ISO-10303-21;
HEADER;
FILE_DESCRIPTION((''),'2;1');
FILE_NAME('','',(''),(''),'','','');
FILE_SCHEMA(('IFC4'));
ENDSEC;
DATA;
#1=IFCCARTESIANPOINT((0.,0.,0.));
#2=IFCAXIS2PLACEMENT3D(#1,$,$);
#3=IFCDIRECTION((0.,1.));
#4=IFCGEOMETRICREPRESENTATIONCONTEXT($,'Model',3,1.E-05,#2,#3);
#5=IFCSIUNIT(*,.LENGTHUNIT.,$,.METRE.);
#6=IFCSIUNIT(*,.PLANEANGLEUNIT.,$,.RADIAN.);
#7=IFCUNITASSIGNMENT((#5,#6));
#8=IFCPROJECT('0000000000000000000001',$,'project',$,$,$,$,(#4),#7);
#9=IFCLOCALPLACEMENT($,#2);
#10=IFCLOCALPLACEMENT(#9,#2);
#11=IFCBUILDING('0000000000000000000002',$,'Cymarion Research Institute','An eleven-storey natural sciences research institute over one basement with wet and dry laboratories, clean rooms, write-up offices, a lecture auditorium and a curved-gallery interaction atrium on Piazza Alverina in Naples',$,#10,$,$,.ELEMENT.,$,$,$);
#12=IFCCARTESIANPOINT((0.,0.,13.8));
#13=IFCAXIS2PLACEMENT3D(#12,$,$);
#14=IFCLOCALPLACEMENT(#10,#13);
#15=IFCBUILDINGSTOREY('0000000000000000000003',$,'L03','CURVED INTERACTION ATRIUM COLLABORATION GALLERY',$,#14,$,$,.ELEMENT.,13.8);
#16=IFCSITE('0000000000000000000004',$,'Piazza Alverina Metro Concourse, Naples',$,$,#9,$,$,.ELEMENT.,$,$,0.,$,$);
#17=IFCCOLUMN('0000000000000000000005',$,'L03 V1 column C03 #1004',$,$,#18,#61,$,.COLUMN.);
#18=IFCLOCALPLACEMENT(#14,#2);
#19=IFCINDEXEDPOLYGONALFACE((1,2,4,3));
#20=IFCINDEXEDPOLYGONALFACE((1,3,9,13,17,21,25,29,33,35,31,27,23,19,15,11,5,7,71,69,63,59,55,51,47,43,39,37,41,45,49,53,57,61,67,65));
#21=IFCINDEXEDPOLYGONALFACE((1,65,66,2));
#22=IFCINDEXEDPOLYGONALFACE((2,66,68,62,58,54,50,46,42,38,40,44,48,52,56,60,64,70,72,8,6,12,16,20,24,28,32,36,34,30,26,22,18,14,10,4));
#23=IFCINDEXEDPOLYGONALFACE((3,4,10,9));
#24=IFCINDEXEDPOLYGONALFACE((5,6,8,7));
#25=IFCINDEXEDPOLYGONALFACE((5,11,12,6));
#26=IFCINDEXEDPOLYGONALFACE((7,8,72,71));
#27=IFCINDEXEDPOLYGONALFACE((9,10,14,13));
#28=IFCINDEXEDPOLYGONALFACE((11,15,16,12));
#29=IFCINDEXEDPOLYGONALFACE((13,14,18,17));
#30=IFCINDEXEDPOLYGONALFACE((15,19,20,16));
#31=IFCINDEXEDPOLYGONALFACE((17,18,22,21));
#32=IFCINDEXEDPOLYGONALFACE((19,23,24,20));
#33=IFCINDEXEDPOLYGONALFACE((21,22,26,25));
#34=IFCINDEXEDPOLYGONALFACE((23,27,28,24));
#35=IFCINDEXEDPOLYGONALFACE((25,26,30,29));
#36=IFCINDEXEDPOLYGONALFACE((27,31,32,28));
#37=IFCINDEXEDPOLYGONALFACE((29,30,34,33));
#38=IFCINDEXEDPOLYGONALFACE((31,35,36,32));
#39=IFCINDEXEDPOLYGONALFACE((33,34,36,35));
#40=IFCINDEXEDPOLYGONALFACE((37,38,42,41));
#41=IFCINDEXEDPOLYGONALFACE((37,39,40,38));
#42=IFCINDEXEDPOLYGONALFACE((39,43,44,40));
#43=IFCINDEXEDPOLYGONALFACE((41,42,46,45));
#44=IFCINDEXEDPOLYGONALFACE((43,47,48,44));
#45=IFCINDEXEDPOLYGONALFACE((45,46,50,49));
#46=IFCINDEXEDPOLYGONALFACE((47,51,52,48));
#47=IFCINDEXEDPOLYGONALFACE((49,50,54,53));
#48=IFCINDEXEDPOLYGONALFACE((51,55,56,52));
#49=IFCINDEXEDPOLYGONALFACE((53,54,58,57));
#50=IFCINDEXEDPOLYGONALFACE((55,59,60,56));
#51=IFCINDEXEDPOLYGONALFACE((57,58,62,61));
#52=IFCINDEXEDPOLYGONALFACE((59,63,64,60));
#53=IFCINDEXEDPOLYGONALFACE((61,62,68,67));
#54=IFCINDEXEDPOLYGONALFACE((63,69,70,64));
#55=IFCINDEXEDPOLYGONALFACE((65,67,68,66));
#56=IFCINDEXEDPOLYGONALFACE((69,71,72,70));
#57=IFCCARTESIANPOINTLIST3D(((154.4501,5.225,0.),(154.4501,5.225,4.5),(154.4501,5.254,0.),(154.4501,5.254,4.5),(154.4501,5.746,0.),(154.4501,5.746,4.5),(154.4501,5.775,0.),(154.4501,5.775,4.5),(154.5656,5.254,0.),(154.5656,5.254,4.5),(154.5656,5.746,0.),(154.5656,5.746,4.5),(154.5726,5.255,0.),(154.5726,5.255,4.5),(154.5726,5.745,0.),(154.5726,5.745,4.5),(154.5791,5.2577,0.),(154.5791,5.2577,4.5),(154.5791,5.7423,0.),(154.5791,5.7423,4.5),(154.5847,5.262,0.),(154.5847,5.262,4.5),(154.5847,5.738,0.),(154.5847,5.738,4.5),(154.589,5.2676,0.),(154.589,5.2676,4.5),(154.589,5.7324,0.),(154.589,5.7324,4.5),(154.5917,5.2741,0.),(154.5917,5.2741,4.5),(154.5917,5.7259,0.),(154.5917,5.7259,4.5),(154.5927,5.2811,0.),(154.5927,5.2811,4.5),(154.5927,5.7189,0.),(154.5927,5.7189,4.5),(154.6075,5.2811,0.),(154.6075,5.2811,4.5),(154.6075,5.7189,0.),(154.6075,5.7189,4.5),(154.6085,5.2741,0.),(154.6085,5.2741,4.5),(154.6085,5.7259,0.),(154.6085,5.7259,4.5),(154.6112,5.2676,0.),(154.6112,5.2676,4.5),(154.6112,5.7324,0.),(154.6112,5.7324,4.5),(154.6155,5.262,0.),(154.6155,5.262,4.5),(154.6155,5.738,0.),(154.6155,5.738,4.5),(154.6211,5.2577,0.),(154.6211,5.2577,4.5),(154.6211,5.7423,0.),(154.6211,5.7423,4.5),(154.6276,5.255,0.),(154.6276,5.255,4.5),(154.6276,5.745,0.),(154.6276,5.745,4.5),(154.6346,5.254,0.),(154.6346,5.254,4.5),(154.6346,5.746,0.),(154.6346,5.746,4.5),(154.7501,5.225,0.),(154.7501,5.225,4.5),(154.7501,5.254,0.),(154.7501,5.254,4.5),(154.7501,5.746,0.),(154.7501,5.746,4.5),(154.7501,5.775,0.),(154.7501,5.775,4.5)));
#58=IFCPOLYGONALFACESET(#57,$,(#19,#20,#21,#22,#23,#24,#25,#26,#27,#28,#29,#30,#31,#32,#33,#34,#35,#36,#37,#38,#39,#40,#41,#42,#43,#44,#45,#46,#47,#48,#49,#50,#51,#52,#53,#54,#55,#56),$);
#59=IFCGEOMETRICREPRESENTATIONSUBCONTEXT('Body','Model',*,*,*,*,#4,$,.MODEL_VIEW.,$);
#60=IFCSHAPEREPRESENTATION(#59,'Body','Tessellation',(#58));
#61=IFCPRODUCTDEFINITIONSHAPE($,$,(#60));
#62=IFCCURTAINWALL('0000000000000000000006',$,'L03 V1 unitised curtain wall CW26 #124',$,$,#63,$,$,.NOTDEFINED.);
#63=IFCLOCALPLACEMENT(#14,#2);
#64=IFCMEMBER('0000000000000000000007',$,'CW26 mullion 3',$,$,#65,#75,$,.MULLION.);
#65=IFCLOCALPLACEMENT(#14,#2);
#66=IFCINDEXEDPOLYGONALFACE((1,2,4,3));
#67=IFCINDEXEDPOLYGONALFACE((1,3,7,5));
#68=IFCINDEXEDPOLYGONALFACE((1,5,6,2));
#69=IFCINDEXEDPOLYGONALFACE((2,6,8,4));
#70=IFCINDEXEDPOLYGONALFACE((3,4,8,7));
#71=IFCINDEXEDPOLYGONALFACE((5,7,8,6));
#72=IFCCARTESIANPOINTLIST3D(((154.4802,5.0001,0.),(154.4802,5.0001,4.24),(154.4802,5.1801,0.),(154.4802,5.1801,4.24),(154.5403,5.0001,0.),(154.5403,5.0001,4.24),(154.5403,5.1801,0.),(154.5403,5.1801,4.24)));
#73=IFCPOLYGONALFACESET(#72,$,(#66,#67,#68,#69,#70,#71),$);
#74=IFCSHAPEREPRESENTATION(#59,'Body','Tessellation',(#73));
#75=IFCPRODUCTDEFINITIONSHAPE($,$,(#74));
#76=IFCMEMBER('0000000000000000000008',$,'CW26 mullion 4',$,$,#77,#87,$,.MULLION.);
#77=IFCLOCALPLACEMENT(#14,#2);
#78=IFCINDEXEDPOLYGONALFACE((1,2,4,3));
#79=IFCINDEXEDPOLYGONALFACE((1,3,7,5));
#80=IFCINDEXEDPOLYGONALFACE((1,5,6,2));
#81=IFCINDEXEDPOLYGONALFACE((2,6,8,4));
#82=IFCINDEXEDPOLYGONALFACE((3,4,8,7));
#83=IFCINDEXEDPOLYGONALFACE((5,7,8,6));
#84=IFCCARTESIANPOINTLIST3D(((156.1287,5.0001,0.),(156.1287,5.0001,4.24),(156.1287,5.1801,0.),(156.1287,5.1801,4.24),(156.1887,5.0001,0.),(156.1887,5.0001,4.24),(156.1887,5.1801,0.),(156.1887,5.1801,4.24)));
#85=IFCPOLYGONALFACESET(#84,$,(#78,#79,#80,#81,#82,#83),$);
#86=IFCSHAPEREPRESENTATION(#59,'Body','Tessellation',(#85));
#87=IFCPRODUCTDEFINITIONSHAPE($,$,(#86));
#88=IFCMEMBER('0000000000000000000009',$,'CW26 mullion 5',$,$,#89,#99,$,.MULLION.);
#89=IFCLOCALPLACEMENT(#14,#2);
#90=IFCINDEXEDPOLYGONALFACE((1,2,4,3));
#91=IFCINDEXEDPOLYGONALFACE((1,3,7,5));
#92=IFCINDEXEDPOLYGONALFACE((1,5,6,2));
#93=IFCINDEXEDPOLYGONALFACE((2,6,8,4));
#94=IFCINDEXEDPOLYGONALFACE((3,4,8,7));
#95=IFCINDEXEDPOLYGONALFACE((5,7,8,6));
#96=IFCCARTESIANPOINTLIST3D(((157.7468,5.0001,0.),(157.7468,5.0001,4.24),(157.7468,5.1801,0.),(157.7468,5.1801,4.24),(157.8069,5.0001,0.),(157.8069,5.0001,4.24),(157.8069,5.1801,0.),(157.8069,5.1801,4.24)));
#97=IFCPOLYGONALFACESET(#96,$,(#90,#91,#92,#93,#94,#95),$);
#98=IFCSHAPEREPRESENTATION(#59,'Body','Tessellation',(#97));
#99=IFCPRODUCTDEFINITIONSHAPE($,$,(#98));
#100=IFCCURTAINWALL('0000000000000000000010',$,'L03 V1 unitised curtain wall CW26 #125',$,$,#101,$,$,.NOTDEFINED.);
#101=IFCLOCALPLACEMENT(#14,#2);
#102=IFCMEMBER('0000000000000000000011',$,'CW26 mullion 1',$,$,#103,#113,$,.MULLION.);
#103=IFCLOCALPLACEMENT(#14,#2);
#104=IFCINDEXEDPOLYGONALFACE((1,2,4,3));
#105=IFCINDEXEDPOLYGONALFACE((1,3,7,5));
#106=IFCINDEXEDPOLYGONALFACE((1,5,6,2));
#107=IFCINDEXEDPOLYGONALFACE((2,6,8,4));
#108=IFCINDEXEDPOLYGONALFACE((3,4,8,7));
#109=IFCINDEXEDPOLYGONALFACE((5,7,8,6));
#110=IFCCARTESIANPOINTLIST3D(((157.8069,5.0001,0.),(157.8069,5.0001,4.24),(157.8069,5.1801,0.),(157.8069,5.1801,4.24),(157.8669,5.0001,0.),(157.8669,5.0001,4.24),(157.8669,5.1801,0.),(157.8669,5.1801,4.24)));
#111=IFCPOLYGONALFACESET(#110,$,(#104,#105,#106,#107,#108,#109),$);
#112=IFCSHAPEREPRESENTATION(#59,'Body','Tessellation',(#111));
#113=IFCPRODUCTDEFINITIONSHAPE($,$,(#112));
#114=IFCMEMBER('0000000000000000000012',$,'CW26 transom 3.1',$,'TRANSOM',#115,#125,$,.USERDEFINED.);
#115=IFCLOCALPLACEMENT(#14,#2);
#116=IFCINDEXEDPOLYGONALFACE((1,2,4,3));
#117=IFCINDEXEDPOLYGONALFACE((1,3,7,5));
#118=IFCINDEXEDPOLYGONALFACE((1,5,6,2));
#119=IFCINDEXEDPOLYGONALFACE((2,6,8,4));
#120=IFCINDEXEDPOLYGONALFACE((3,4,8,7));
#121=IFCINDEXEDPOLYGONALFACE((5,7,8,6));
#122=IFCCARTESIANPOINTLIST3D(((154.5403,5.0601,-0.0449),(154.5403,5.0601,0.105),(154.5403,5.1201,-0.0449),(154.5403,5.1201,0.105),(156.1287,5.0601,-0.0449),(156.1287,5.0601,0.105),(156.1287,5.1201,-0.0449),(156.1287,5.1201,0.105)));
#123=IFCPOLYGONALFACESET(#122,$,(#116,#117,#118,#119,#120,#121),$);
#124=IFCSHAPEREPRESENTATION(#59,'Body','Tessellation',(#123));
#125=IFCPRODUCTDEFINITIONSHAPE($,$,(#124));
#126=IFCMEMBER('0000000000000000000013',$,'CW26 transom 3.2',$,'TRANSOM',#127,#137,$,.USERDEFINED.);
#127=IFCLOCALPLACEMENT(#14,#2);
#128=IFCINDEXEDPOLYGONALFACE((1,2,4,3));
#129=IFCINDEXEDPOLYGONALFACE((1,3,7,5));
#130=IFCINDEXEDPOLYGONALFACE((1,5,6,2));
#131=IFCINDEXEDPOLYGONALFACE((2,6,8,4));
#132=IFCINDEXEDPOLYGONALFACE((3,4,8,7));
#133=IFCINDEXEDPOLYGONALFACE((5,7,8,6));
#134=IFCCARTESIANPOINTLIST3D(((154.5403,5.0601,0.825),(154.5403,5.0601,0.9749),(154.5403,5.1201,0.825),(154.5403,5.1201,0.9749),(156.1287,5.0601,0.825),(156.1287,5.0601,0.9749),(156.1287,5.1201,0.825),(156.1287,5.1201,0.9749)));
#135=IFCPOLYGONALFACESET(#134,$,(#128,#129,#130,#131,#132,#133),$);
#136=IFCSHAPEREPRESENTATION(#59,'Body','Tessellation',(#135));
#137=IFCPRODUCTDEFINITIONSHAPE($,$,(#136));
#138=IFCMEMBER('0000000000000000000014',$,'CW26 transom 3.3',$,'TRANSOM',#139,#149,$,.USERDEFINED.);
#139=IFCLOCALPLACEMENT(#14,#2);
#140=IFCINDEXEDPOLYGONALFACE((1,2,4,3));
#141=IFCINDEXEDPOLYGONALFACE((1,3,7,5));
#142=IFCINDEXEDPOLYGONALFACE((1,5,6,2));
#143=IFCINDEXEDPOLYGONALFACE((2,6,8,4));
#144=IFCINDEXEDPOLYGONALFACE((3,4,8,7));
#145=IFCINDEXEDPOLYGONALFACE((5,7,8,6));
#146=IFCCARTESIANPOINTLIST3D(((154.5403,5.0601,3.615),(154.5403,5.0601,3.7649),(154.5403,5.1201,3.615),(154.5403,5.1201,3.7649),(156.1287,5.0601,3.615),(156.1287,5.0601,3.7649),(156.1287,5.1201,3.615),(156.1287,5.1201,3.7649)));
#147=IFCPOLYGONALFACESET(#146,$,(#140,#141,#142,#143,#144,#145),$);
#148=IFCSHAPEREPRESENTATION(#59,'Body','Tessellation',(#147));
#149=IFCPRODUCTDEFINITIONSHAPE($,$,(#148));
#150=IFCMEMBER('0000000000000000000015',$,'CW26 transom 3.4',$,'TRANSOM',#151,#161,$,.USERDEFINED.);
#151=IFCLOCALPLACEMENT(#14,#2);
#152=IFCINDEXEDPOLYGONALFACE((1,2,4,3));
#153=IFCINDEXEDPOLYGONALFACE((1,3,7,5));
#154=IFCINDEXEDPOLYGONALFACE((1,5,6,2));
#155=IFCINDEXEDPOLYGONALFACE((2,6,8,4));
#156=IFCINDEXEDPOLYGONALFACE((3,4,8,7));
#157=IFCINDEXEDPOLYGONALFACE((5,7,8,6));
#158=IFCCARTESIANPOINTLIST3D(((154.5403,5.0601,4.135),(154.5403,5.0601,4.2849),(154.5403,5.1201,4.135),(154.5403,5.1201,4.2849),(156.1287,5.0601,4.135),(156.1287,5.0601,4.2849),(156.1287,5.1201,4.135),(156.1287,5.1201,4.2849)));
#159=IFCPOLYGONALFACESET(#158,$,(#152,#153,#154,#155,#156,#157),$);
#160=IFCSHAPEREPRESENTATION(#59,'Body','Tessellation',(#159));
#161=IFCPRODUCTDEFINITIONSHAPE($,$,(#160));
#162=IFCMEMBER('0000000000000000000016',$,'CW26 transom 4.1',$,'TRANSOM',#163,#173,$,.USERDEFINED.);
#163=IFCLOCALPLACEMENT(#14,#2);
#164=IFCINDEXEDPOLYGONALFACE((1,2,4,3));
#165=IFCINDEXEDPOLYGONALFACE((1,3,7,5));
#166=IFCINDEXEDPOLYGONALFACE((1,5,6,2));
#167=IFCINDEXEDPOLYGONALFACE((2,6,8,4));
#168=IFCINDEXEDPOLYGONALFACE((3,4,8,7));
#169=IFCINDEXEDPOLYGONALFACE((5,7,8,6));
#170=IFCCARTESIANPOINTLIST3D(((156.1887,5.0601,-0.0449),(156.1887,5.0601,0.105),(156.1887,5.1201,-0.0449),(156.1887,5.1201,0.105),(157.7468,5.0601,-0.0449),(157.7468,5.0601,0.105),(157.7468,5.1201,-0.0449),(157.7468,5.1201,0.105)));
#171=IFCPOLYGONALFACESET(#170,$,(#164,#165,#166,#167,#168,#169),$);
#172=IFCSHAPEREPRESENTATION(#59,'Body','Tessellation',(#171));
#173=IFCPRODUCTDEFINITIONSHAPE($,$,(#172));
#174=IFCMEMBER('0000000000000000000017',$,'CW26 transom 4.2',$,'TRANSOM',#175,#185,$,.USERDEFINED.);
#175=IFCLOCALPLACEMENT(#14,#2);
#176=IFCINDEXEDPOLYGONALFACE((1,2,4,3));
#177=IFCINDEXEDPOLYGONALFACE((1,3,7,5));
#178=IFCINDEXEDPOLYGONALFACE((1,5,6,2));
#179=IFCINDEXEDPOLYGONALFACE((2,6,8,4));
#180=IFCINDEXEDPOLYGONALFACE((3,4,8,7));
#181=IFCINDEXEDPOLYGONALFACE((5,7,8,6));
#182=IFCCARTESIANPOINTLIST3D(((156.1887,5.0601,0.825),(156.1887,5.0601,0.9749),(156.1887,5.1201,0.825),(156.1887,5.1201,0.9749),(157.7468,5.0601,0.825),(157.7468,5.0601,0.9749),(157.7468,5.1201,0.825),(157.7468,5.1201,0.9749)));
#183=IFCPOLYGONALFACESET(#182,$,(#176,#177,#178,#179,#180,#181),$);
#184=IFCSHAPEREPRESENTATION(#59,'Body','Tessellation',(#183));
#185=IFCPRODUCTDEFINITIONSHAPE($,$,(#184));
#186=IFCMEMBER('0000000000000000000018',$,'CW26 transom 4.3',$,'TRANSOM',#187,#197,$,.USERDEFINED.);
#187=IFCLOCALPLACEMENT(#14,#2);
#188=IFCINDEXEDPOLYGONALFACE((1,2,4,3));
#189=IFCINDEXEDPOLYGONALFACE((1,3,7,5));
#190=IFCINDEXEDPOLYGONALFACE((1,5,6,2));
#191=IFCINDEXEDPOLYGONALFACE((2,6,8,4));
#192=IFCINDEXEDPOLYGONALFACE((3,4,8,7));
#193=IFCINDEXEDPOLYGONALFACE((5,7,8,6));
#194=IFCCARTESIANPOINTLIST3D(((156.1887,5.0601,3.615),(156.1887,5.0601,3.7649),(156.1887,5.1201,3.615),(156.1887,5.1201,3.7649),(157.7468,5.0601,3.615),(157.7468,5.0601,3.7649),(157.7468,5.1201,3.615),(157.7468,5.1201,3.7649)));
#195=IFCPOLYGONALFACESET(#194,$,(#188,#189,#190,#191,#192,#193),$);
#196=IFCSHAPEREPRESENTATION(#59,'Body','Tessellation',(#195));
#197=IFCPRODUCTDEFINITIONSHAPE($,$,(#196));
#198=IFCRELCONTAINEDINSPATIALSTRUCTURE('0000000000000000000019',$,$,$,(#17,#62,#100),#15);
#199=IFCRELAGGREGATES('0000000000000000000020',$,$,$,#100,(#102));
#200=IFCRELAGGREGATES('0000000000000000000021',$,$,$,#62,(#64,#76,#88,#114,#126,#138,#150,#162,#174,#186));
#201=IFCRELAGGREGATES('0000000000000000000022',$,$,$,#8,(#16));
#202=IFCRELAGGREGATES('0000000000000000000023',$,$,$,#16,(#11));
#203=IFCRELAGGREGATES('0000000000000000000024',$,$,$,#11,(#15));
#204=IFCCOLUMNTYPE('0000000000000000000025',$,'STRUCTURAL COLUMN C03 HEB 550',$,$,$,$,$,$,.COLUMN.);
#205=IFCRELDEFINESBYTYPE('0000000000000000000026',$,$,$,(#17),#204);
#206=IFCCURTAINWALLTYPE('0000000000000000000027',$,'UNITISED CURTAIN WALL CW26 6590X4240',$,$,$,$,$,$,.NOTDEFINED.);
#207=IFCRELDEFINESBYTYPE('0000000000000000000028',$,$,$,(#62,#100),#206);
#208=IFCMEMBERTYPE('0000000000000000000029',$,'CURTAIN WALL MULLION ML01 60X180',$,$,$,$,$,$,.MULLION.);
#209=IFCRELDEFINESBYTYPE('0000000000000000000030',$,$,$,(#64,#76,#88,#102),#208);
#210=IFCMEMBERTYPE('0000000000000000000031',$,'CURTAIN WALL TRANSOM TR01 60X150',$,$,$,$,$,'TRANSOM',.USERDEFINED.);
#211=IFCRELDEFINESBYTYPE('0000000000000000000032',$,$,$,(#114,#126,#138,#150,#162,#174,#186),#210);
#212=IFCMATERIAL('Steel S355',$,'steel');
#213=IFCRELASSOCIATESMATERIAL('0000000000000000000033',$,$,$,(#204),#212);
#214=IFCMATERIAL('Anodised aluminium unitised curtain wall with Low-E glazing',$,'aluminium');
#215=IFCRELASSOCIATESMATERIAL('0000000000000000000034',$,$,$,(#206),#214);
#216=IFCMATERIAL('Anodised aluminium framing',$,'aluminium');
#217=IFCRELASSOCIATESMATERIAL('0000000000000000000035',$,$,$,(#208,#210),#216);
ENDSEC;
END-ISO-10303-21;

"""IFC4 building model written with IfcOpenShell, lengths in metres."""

from ifc_helpers import new_model, si_unit, direction, frame, origin, origin_2d, place, context, subcontext, project, spatial, rectangle, i_section, extrude, material, material_profile, profile_set, type_object, element, aggregate, save


model = new_model("IFC4")

# Units and contexts
model_context = context("Model", 3, precision=1e-05, world=origin(), true_north=direction((0.0, 1.0)))
body_context = subcontext(model_context, "Body", "Model", "MODEL_VIEW")
ifc_project = project(units=[si_unit("LENGTHUNIT", "METRE"), si_unit("PLANEANGLEUNIT", "RADIAN")], contexts=[model_context])

# Site, building, storey
site_placement = place(None, origin())
site = spatial("IfcSite", under=ifc_project, at=site_placement, Name="Piazza Alverina Metro Concourse, Naples", CompositionType="ELEMENT", RefElevation=0.0)
building_placement = place(site_placement, origin())
building = spatial("IfcBuilding", under=site, at=building_placement, Name="Cymarion Research Institute", Description="An eleven-storey natural sciences research institute over one basement with wet and dry laboratories, clean rooms, write-up offices, a lecture auditorium and a curved-gallery interaction atrium on Piazza Alverina in Naples", CompositionType="ELEMENT")
storey_placement = place(building_placement, frame((0.0, 0.0, 13.8)))
storey = spatial("IfcBuildingStorey", under=building, at=storey_placement, Name="L03", Description="CURVED INTERACTION ATRIUM COLLABORATION GALLERY", CompositionType="ELEMENT", Elevation=13.8)

# Column
ifc_material_1 = material(Name="Steel S355", Category="steel")
ifc_material_profile_1 = material_profile(ifc_material_1, i_section(OverallWidth=0.3, OverallDepth=0.55, WebThickness=0.0149, FlangeThickness=0.0291, FilletRadius=0.0271, at=origin_2d()), Name="HEB 550")
ifc_profile_set_1 = profile_set([ifc_material_profile_1], Name="Steel S355")
column_type = type_object("IfcColumnType", Name="STRUCTURAL COLUMN C03 HEB 550", PredefinedType="COLUMN", material=ifc_profile_set_1)
column_placement = place(storey_placement, frame((154.6001, 5.5, 0.0), z_axis=(0.0, 0.0, 1.0), x_axis=(1.0, 0.0, 0.0)))
element("IfcColumn", 1, at=column_placement, inside=storey, type_object=column_type, Name="L03 V1 column C03 #1004", PredefinedType="COLUMN", context=body_context, shape_type="SweptSolid", body=[
    extrude(i_section(OverallWidth=0.3, OverallDepth=0.55, WebThickness=0.0149, FlangeThickness=0.0291, FilletRadius=0.0271, at=origin_2d()), origin(), (0.0, 0.0, 1.0), 4.5),
])

# Curtain wall, members
ifc_material_2 = material(Name="Anodised aluminium unitised curtain wall with Low-E glazing", Category="aluminium")
curtain_wall_type = type_object("IfcCurtainWallType", Name="UNITISED CURTAIN WALL CW26 6590X4240", PredefinedType="NOTDEFINED", material=ifc_material_2)
curtain_wall_1_placement = place(storey_placement, origin())
curtain_wall_1 = element("IfcCurtainWall", 2, at=curtain_wall_1_placement, inside=storey, type_object=curtain_wall_type, Name="L03 V1 unitised curtain wall CW26 #124", PredefinedType="NOTDEFINED")
ifc_material_3 = material(Name="Anodised aluminium framing", Category="aluminium")
ifc_material_profile_2 = material_profile(ifc_material_3, rectangle(XDim=0.0601, YDim=0.1799, at=origin_2d()), Name="ALU MULLION 60x180")
ifc_profile_set_2 = profile_set([ifc_material_profile_2], Name="Anodised aluminium framing")
member_type_1 = type_object("IfcMemberType", Name="CURTAIN WALL MULLION ML01 60X180", PredefinedType="MULLION", material=ifc_profile_set_2)
member_1_placement = place(storey_placement, frame((154.5103, 5.0901, 0.0), z_axis=(0.0, 0.0, 1.0), x_axis=(1.0, 0.0, 0.0)))
member_1 = element("IfcMember", 3, at=member_1_placement, type_object=member_type_1, Name="CW26 mullion 3", PredefinedType="MULLION", context=body_context, shape_type="SweptSolid", body=[
    extrude(rectangle(XDim=0.0601, YDim=0.1799, at=origin_2d()), origin(), (0.0, 0.0, 1.0), 4.24),
])
member_2_placement = place(storey_placement, frame((156.1587, 5.0901, 0.0), z_axis=(0.0, 0.0, 1.0), x_axis=(1.0, 0.0, 0.0)))
member_2 = element("IfcMember", 4, at=member_2_placement, type_object=member_type_1, Name="CW26 mullion 4", PredefinedType="MULLION", context=body_context, shape_type="SweptSolid", body=[
    extrude(rectangle(XDim=0.0601, YDim=0.1799, at=origin_2d()), origin(), (0.0, 0.0, 1.0), 4.24),
])
member_3_placement = place(storey_placement, frame((157.7769, 5.0901, 0.0), z_axis=(0.0, 0.0, 1.0), x_axis=(1.0, 0.0, 0.0)))
member_3 = element("IfcMember", 5, at=member_3_placement, type_object=member_type_1, Name="CW26 mullion 5", PredefinedType="MULLION", context=body_context, shape_type="SweptSolid", body=[
    extrude(rectangle(XDim=0.0601, YDim=0.1799, at=origin_2d()), origin(), (0.0, 0.0, 1.0), 4.24),
])

# Curtain wall, member
curtain_wall_2_placement = place(storey_placement, origin())
curtain_wall_2 = element("IfcCurtainWall", 6, at=curtain_wall_2_placement, inside=storey, type_object=curtain_wall_type, Name="L03 V1 unitised curtain wall CW26 #125", PredefinedType="NOTDEFINED")
member_4_placement = place(storey_placement, frame((157.8369, 5.0901, 0.0), z_axis=(0.0, 0.0, 1.0), x_axis=(1.0, 0.0, 0.0)))
member_4 = element("IfcMember", 7, at=member_4_placement, type_object=member_type_1, Name="CW26 mullion 1", PredefinedType="MULLION", context=body_context, shape_type="SweptSolid", body=[
    extrude(rectangle(XDim=0.0601, YDim=0.1799, at=origin_2d()), origin(), (0.0, 0.0, 1.0), 4.24),
])

# Members
ifc_material_profile_3 = material_profile(ifc_material_3, rectangle(XDim=0.0601, YDim=0.1499, at=origin_2d()), Name="ALU TRANSOM 60x150")
ifc_profile_set_3 = profile_set([ifc_material_profile_3], Name="Anodised aluminium framing")
member_type_2 = type_object("IfcMemberType", Name="CURTAIN WALL TRANSOM TR01 60X150", ElementType="TRANSOM", PredefinedType="USERDEFINED", material=ifc_profile_set_3)
member_5_placement = place(storey_placement, frame((154.5403, 5.0901, 0.03), z_axis=(1.0, 0.0, 0.0), x_axis=(0.0, 1.0, 0.0)))
member_5 = element("IfcMember", 8, at=member_5_placement, type_object=member_type_2, Name="CW26 transom 3.1", ObjectType="TRANSOM", PredefinedType="USERDEFINED", context=body_context, shape_type="SweptSolid", body=[
    extrude(rectangle(XDim=0.0601, YDim=0.1499, at=origin_2d()), origin(), (0.0, 0.0, 1.0), 1.5884),
])
member_6_placement = place(storey_placement, frame((154.5403, 5.0901, 0.8999), z_axis=(1.0, 0.0, 0.0), x_axis=(0.0, 1.0, 0.0)))
member_6 = element("IfcMember", 9, at=member_6_placement, type_object=member_type_2, Name="CW26 transom 3.2", ObjectType="TRANSOM", PredefinedType="USERDEFINED", context=body_context, shape_type="SweptSolid", body=[
    extrude(rectangle(XDim=0.0601, YDim=0.1499, at=origin_2d()), origin(), (0.0, 0.0, 1.0), 1.5884),
])
member_7_placement = place(storey_placement, frame((154.5403, 5.0901, 3.6899), z_axis=(1.0, 0.0, 0.0), x_axis=(0.0, 1.0, 0.0)))
member_7 = element("IfcMember", 10, at=member_7_placement, type_object=member_type_2, Name="CW26 transom 3.3", ObjectType="TRANSOM", PredefinedType="USERDEFINED", context=body_context, shape_type="SweptSolid", body=[
    extrude(rectangle(XDim=0.0601, YDim=0.1499, at=origin_2d()), origin(), (0.0, 0.0, 1.0), 1.5884),
])
member_8_placement = place(storey_placement, frame((154.5403, 5.0901, 4.21), z_axis=(1.0, 0.0, 0.0), x_axis=(0.0, 1.0, 0.0)))
member_8 = element("IfcMember", 11, at=member_8_placement, type_object=member_type_2, Name="CW26 transom 3.4", ObjectType="TRANSOM", PredefinedType="USERDEFINED", context=body_context, shape_type="SweptSolid", body=[
    extrude(rectangle(XDim=0.0601, YDim=0.1499, at=origin_2d()), origin(), (0.0, 0.0, 1.0), 1.5884),
])
member_9_placement = place(storey_placement, frame((156.1887, 5.0901, 0.03), z_axis=(1.0, 0.0, 0.0), x_axis=(0.0, 1.0, 0.0)))
member_9 = element("IfcMember", 12, at=member_9_placement, type_object=member_type_2, Name="CW26 transom 4.1", ObjectType="TRANSOM", PredefinedType="USERDEFINED", context=body_context, shape_type="SweptSolid", body=[
    extrude(rectangle(XDim=0.0601, YDim=0.1499, at=origin_2d()), origin(), (0.0, 0.0, 1.0), 1.5581),
])
member_10_placement = place(storey_placement, frame((156.1887, 5.0901, 0.8999), z_axis=(1.0, 0.0, 0.0), x_axis=(0.0, 1.0, 0.0)))
member_10 = element("IfcMember", 13, at=member_10_placement, type_object=member_type_2, Name="CW26 transom 4.2", ObjectType="TRANSOM", PredefinedType="USERDEFINED", context=body_context, shape_type="SweptSolid", body=[
    extrude(rectangle(XDim=0.0601, YDim=0.1499, at=origin_2d()), origin(), (0.0, 0.0, 1.0), 1.5581),
])
member_11_placement = place(storey_placement, frame((156.1887, 5.0901, 3.6899), z_axis=(1.0, 0.0, 0.0), x_axis=(0.0, 1.0, 0.0)))
member_11 = element("IfcMember", 14, at=member_11_placement, type_object=member_type_2, Name="CW26 transom 4.3", ObjectType="TRANSOM", PredefinedType="USERDEFINED", context=body_context, shape_type="SweptSolid", body=[
    extrude(rectangle(XDim=0.0601, YDim=0.1499, at=origin_2d()), origin(), (0.0, 0.0, 1.0), 1.5581),
])
aggregate(curtain_wall_2, [member_4])

aggregate(curtain_wall_1, [member_1, member_2, member_3, member_5, member_6, member_7, member_8, member_9, member_10, member_11])

save(model, "model.ifc")
